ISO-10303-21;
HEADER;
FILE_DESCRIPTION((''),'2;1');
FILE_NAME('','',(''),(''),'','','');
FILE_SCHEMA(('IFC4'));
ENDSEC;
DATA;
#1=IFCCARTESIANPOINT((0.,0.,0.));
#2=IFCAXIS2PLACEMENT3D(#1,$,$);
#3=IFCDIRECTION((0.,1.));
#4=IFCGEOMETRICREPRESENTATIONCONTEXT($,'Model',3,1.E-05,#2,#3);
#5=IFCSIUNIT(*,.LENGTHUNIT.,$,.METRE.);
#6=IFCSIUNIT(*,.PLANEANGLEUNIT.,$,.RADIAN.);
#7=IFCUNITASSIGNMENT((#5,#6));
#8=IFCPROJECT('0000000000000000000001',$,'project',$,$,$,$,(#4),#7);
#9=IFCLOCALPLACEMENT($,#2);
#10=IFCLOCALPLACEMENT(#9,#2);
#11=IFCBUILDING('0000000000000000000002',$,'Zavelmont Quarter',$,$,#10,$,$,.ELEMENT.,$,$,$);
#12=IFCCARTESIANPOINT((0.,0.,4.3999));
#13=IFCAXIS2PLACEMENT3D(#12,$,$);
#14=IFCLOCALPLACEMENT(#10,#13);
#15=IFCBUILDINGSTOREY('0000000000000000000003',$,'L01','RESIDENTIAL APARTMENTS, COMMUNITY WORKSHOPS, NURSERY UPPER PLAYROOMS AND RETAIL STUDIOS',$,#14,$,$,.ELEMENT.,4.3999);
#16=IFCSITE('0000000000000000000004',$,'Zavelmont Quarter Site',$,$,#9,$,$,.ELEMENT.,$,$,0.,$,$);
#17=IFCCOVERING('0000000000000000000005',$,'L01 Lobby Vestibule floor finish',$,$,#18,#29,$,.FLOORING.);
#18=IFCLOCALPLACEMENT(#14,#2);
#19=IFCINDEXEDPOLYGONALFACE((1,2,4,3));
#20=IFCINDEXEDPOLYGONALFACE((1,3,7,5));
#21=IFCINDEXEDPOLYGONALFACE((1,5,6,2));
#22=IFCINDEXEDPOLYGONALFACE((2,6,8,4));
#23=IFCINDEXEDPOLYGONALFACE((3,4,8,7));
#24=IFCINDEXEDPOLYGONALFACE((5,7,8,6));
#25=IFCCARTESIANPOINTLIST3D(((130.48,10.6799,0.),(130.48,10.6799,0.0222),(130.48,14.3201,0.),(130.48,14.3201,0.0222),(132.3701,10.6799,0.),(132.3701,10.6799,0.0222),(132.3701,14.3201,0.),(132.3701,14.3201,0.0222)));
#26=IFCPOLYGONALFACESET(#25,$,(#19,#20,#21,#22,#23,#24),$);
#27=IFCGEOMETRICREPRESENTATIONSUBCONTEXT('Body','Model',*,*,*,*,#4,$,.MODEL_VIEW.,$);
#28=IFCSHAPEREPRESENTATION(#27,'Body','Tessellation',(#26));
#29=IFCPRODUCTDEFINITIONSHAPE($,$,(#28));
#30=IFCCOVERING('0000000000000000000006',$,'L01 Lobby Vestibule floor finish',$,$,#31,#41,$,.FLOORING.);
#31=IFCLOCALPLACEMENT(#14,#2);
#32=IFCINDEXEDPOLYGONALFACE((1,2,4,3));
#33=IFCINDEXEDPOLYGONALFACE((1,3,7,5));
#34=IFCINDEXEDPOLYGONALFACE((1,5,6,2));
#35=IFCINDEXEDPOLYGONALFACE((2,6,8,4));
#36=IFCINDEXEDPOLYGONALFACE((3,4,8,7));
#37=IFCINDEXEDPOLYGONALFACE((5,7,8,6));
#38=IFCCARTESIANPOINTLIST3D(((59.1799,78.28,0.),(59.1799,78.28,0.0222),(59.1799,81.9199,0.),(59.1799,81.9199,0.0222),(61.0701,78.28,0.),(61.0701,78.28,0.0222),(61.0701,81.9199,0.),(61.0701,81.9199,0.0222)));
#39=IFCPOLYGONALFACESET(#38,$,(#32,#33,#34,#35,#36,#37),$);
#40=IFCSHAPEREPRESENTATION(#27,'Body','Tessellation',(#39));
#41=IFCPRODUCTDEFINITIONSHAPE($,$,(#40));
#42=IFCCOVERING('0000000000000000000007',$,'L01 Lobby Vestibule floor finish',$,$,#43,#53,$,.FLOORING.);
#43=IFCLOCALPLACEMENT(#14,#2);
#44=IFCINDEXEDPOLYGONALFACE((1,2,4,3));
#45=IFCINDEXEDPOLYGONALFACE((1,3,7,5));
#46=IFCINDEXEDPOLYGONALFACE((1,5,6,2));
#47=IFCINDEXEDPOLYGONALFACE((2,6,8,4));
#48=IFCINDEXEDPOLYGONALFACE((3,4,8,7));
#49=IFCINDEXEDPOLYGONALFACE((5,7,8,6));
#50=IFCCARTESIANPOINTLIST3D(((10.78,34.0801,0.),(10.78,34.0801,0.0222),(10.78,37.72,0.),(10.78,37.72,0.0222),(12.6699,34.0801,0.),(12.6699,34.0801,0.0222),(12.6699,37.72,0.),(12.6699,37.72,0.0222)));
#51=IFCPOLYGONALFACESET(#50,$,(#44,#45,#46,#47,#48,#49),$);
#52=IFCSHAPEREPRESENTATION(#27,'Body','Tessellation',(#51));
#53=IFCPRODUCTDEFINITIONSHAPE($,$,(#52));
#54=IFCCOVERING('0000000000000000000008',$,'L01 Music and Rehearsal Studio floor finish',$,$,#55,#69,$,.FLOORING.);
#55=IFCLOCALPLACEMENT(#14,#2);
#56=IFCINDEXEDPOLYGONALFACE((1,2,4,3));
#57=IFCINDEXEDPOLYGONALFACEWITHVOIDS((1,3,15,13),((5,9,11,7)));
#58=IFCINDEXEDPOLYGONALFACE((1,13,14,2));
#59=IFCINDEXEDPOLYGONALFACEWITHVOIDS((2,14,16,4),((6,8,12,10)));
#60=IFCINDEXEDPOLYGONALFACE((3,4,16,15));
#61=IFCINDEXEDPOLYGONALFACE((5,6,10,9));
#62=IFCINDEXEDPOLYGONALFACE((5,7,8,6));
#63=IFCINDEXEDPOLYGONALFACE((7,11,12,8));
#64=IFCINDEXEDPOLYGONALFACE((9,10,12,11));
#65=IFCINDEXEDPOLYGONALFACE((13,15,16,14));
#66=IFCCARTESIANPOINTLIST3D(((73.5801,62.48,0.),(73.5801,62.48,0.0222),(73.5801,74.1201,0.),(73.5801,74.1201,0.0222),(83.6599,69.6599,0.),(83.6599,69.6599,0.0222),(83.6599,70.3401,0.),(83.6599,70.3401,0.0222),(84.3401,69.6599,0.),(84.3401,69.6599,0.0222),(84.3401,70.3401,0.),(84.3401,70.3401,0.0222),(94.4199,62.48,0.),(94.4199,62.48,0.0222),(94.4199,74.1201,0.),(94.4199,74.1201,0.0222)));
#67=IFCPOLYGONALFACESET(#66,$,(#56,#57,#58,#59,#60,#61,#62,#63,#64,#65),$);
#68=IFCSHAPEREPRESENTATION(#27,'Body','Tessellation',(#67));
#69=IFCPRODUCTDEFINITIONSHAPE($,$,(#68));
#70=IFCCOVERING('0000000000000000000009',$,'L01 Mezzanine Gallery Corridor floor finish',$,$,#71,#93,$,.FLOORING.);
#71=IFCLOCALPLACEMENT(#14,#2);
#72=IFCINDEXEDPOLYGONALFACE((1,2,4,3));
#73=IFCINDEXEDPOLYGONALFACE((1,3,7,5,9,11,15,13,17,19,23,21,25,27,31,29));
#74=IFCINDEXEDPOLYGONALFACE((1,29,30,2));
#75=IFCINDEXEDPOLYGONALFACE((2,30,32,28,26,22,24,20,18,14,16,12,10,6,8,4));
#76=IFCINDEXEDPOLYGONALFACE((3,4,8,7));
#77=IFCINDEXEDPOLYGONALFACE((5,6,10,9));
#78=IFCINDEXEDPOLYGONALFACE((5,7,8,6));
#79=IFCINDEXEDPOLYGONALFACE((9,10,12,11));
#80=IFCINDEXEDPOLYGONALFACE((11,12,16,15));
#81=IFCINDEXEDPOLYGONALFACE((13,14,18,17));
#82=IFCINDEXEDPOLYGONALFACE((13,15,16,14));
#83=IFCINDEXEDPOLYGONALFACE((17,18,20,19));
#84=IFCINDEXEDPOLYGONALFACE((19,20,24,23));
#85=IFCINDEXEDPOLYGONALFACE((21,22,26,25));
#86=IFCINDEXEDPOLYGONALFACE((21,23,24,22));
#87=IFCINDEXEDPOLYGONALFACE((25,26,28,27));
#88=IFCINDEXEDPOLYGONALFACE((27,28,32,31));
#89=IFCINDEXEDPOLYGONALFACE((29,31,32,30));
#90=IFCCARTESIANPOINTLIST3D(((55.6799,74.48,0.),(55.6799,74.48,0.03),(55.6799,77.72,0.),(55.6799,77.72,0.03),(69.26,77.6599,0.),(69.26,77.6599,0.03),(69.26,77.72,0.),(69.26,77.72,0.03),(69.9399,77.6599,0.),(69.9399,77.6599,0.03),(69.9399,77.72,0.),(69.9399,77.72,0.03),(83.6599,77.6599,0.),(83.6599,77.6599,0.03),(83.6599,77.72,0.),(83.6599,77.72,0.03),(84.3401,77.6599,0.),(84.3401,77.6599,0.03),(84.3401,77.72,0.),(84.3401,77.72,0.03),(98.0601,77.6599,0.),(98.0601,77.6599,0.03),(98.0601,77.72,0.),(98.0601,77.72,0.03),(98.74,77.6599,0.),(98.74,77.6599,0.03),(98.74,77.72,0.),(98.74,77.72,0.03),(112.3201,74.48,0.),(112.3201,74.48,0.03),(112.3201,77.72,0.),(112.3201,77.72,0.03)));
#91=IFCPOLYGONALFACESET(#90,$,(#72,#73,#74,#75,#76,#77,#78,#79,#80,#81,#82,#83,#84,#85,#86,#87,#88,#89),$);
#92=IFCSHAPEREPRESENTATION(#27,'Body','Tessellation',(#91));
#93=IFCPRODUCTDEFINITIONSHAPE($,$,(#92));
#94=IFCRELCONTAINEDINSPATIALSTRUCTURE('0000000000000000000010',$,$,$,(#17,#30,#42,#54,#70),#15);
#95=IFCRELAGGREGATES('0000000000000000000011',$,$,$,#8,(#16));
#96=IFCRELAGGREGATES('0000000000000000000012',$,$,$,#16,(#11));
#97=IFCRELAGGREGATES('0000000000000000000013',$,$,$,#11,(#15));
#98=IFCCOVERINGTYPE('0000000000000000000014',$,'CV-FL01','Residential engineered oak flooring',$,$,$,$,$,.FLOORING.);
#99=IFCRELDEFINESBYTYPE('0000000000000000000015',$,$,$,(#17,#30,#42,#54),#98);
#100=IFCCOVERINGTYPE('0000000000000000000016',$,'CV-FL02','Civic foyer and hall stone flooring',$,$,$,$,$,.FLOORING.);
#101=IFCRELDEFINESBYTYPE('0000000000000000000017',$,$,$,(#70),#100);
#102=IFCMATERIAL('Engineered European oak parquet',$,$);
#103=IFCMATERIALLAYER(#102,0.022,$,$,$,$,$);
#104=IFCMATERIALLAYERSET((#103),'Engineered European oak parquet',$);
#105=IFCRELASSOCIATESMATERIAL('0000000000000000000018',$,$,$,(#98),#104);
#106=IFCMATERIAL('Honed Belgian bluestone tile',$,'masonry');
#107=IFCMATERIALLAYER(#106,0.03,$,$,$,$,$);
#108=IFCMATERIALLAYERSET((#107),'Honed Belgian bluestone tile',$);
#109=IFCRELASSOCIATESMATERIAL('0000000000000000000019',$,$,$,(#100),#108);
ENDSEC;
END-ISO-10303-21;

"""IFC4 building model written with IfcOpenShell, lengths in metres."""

from ifc_helpers import new_model, si_unit, direction, frame, origin, place, context, subcontext, project, spatial, polyline, outline, extrude, material, layer, layer_set, type_object, element, save


model = new_model("IFC4")

# Units and contexts
model_context = context("Model", 3, precision=1e-05, world=origin(), true_north=direction((0.0, 1.0)))
body_context = subcontext(model_context, "Body", "Model", "MODEL_VIEW")
ifc_project = project(units=[si_unit("LENGTHUNIT", "METRE"), si_unit("PLANEANGLEUNIT", "RADIAN")], contexts=[model_context])

# Site, building, storey
site_placement = place(None, origin())
site = spatial("IfcSite", under=ifc_project, at=site_placement, Name="Zavelmont Quarter Site", CompositionType="ELEMENT", RefElevation=0.0)
building_placement = place(site_placement, origin())
building = spatial("IfcBuilding", under=site, at=building_placement, Name="Zavelmont Quarter", CompositionType="ELEMENT")
storey_placement = place(building_placement, frame((0.0, 0.0, 4.3999)))
storey = spatial("IfcBuildingStorey", under=building, at=storey_placement, Name="L01", Description="RESIDENTIAL APARTMENTS, COMMUNITY WORKSHOPS, NURSERY UPPER PLAYROOMS AND RETAIL STUDIOS", CompositionType="ELEMENT", Elevation=4.3999)

# Coverings
ifc_material_1 = material(Name="Engineered European oak parquet")
ifc_layer_1 = layer(ifc_material_1, 0.022)
ifc_layer_set_1 = layer_set([ifc_layer_1], Name="Engineered European oak parquet")
covering_type_1 = type_object("IfcCoveringType", Name="CV-FL01", Description="Residential engineered oak flooring", PredefinedType="FLOORING", material=ifc_layer_set_1)
covering_1_placement = place(storey_placement, origin())
element("IfcCovering", 1, at=covering_1_placement, inside=storey, type_object=covering_type_1, Name="L01 Lobby Vestibule floor finish", PredefinedType="FLOORING", context=body_context, shape_type="SweptSolid", body=[
    extrude(outline(polyline([(130.48, 14.3201), (132.3701, 14.3201), (132.3701, 10.6799), (130.48, 10.6799), (130.48, 14.3201)])), origin(), (0.0, 0.0, 1.0), 0.0222),
])
covering_2_placement = place(storey_placement, origin())
element("IfcCovering", 2, at=covering_2_placement, inside=storey, type_object=covering_type_1, Name="L01 Lobby Vestibule floor finish", PredefinedType="FLOORING", context=body_context, shape_type="SweptSolid", body=[
    extrude(outline(polyline([(59.1799, 81.9199), (61.0701, 81.9199), (61.0701, 78.28), (59.1799, 78.28), (59.1799, 81.9199)])), origin(), (0.0, 0.0, 1.0), 0.0222),
])
covering_3_placement = place(storey_placement, origin())
element("IfcCovering", 3, at=covering_3_placement, inside=storey, type_object=covering_type_1, Name="L01 Lobby Vestibule floor finish", PredefinedType="FLOORING", context=body_context, shape_type="SweptSolid", body=[
    extrude(outline(polyline([(10.78, 37.72), (12.6699, 37.72), (12.6699, 34.0801), (10.78, 34.0801), (10.78, 37.72)])), origin(), (0.0, 0.0, 1.0), 0.0222),
])
covering_4_placement = place(storey_placement, origin())
element("IfcCovering", 4, at=covering_4_placement, inside=storey, type_object=covering_type_1, Name="L01 Music and Rehearsal Studio floor finish", PredefinedType="FLOORING", context=body_context, shape_type="SweptSolid", body=[
    extrude(outline(polyline([(73.5801, 74.1201), (94.4199, 74.1201), (94.4199, 62.48), (73.5801, 62.48), (73.5801, 74.1201)]), holes=[polyline([(84.3401, 70.3401), (83.6599, 70.3401), (83.6599, 69.6599), (84.3401, 69.6599), (84.3401, 70.3401)])]), origin(), (0.0, 0.0, 1.0), 0.0222),
])
ifc_material_2 = material(Name="Honed Belgian bluestone tile", Category="masonry")
ifc_layer_2 = layer(ifc_material_2, 0.03)
ifc_layer_set_2 = layer_set([ifc_layer_2], Name="Honed Belgian bluestone tile")
covering_type_2 = type_object("IfcCoveringType", Name="CV-FL02", Description="Civic foyer and hall stone flooring", PredefinedType="FLOORING", material=ifc_layer_set_2)
covering_5_placement = place(storey_placement, origin())
element("IfcCovering", 5, at=covering_5_placement, inside=storey, type_object=covering_type_2, Name="L01 Mezzanine Gallery Corridor floor finish", PredefinedType="FLOORING", context=body_context, shape_type="SweptSolid", body=[
    extrude(outline(polyline([(55.6799, 77.72), (69.26, 77.72), (69.26, 77.6599), (69.9399, 77.6599), (69.9399, 77.72), (83.6599, 77.72), (83.6599, 77.6599), (84.3401, 77.6599), (84.3401, 77.72), (98.0601, 77.72), (98.0601, 77.6599), (98.74, 77.6599), (98.74, 77.72), (112.3201, 77.72), (112.3201, 74.48), (55.6799, 74.48), (55.6799, 77.72)])), origin(), (0.0, 0.0, 1.0), 0.03),
])

save(model, "model.ifc")
